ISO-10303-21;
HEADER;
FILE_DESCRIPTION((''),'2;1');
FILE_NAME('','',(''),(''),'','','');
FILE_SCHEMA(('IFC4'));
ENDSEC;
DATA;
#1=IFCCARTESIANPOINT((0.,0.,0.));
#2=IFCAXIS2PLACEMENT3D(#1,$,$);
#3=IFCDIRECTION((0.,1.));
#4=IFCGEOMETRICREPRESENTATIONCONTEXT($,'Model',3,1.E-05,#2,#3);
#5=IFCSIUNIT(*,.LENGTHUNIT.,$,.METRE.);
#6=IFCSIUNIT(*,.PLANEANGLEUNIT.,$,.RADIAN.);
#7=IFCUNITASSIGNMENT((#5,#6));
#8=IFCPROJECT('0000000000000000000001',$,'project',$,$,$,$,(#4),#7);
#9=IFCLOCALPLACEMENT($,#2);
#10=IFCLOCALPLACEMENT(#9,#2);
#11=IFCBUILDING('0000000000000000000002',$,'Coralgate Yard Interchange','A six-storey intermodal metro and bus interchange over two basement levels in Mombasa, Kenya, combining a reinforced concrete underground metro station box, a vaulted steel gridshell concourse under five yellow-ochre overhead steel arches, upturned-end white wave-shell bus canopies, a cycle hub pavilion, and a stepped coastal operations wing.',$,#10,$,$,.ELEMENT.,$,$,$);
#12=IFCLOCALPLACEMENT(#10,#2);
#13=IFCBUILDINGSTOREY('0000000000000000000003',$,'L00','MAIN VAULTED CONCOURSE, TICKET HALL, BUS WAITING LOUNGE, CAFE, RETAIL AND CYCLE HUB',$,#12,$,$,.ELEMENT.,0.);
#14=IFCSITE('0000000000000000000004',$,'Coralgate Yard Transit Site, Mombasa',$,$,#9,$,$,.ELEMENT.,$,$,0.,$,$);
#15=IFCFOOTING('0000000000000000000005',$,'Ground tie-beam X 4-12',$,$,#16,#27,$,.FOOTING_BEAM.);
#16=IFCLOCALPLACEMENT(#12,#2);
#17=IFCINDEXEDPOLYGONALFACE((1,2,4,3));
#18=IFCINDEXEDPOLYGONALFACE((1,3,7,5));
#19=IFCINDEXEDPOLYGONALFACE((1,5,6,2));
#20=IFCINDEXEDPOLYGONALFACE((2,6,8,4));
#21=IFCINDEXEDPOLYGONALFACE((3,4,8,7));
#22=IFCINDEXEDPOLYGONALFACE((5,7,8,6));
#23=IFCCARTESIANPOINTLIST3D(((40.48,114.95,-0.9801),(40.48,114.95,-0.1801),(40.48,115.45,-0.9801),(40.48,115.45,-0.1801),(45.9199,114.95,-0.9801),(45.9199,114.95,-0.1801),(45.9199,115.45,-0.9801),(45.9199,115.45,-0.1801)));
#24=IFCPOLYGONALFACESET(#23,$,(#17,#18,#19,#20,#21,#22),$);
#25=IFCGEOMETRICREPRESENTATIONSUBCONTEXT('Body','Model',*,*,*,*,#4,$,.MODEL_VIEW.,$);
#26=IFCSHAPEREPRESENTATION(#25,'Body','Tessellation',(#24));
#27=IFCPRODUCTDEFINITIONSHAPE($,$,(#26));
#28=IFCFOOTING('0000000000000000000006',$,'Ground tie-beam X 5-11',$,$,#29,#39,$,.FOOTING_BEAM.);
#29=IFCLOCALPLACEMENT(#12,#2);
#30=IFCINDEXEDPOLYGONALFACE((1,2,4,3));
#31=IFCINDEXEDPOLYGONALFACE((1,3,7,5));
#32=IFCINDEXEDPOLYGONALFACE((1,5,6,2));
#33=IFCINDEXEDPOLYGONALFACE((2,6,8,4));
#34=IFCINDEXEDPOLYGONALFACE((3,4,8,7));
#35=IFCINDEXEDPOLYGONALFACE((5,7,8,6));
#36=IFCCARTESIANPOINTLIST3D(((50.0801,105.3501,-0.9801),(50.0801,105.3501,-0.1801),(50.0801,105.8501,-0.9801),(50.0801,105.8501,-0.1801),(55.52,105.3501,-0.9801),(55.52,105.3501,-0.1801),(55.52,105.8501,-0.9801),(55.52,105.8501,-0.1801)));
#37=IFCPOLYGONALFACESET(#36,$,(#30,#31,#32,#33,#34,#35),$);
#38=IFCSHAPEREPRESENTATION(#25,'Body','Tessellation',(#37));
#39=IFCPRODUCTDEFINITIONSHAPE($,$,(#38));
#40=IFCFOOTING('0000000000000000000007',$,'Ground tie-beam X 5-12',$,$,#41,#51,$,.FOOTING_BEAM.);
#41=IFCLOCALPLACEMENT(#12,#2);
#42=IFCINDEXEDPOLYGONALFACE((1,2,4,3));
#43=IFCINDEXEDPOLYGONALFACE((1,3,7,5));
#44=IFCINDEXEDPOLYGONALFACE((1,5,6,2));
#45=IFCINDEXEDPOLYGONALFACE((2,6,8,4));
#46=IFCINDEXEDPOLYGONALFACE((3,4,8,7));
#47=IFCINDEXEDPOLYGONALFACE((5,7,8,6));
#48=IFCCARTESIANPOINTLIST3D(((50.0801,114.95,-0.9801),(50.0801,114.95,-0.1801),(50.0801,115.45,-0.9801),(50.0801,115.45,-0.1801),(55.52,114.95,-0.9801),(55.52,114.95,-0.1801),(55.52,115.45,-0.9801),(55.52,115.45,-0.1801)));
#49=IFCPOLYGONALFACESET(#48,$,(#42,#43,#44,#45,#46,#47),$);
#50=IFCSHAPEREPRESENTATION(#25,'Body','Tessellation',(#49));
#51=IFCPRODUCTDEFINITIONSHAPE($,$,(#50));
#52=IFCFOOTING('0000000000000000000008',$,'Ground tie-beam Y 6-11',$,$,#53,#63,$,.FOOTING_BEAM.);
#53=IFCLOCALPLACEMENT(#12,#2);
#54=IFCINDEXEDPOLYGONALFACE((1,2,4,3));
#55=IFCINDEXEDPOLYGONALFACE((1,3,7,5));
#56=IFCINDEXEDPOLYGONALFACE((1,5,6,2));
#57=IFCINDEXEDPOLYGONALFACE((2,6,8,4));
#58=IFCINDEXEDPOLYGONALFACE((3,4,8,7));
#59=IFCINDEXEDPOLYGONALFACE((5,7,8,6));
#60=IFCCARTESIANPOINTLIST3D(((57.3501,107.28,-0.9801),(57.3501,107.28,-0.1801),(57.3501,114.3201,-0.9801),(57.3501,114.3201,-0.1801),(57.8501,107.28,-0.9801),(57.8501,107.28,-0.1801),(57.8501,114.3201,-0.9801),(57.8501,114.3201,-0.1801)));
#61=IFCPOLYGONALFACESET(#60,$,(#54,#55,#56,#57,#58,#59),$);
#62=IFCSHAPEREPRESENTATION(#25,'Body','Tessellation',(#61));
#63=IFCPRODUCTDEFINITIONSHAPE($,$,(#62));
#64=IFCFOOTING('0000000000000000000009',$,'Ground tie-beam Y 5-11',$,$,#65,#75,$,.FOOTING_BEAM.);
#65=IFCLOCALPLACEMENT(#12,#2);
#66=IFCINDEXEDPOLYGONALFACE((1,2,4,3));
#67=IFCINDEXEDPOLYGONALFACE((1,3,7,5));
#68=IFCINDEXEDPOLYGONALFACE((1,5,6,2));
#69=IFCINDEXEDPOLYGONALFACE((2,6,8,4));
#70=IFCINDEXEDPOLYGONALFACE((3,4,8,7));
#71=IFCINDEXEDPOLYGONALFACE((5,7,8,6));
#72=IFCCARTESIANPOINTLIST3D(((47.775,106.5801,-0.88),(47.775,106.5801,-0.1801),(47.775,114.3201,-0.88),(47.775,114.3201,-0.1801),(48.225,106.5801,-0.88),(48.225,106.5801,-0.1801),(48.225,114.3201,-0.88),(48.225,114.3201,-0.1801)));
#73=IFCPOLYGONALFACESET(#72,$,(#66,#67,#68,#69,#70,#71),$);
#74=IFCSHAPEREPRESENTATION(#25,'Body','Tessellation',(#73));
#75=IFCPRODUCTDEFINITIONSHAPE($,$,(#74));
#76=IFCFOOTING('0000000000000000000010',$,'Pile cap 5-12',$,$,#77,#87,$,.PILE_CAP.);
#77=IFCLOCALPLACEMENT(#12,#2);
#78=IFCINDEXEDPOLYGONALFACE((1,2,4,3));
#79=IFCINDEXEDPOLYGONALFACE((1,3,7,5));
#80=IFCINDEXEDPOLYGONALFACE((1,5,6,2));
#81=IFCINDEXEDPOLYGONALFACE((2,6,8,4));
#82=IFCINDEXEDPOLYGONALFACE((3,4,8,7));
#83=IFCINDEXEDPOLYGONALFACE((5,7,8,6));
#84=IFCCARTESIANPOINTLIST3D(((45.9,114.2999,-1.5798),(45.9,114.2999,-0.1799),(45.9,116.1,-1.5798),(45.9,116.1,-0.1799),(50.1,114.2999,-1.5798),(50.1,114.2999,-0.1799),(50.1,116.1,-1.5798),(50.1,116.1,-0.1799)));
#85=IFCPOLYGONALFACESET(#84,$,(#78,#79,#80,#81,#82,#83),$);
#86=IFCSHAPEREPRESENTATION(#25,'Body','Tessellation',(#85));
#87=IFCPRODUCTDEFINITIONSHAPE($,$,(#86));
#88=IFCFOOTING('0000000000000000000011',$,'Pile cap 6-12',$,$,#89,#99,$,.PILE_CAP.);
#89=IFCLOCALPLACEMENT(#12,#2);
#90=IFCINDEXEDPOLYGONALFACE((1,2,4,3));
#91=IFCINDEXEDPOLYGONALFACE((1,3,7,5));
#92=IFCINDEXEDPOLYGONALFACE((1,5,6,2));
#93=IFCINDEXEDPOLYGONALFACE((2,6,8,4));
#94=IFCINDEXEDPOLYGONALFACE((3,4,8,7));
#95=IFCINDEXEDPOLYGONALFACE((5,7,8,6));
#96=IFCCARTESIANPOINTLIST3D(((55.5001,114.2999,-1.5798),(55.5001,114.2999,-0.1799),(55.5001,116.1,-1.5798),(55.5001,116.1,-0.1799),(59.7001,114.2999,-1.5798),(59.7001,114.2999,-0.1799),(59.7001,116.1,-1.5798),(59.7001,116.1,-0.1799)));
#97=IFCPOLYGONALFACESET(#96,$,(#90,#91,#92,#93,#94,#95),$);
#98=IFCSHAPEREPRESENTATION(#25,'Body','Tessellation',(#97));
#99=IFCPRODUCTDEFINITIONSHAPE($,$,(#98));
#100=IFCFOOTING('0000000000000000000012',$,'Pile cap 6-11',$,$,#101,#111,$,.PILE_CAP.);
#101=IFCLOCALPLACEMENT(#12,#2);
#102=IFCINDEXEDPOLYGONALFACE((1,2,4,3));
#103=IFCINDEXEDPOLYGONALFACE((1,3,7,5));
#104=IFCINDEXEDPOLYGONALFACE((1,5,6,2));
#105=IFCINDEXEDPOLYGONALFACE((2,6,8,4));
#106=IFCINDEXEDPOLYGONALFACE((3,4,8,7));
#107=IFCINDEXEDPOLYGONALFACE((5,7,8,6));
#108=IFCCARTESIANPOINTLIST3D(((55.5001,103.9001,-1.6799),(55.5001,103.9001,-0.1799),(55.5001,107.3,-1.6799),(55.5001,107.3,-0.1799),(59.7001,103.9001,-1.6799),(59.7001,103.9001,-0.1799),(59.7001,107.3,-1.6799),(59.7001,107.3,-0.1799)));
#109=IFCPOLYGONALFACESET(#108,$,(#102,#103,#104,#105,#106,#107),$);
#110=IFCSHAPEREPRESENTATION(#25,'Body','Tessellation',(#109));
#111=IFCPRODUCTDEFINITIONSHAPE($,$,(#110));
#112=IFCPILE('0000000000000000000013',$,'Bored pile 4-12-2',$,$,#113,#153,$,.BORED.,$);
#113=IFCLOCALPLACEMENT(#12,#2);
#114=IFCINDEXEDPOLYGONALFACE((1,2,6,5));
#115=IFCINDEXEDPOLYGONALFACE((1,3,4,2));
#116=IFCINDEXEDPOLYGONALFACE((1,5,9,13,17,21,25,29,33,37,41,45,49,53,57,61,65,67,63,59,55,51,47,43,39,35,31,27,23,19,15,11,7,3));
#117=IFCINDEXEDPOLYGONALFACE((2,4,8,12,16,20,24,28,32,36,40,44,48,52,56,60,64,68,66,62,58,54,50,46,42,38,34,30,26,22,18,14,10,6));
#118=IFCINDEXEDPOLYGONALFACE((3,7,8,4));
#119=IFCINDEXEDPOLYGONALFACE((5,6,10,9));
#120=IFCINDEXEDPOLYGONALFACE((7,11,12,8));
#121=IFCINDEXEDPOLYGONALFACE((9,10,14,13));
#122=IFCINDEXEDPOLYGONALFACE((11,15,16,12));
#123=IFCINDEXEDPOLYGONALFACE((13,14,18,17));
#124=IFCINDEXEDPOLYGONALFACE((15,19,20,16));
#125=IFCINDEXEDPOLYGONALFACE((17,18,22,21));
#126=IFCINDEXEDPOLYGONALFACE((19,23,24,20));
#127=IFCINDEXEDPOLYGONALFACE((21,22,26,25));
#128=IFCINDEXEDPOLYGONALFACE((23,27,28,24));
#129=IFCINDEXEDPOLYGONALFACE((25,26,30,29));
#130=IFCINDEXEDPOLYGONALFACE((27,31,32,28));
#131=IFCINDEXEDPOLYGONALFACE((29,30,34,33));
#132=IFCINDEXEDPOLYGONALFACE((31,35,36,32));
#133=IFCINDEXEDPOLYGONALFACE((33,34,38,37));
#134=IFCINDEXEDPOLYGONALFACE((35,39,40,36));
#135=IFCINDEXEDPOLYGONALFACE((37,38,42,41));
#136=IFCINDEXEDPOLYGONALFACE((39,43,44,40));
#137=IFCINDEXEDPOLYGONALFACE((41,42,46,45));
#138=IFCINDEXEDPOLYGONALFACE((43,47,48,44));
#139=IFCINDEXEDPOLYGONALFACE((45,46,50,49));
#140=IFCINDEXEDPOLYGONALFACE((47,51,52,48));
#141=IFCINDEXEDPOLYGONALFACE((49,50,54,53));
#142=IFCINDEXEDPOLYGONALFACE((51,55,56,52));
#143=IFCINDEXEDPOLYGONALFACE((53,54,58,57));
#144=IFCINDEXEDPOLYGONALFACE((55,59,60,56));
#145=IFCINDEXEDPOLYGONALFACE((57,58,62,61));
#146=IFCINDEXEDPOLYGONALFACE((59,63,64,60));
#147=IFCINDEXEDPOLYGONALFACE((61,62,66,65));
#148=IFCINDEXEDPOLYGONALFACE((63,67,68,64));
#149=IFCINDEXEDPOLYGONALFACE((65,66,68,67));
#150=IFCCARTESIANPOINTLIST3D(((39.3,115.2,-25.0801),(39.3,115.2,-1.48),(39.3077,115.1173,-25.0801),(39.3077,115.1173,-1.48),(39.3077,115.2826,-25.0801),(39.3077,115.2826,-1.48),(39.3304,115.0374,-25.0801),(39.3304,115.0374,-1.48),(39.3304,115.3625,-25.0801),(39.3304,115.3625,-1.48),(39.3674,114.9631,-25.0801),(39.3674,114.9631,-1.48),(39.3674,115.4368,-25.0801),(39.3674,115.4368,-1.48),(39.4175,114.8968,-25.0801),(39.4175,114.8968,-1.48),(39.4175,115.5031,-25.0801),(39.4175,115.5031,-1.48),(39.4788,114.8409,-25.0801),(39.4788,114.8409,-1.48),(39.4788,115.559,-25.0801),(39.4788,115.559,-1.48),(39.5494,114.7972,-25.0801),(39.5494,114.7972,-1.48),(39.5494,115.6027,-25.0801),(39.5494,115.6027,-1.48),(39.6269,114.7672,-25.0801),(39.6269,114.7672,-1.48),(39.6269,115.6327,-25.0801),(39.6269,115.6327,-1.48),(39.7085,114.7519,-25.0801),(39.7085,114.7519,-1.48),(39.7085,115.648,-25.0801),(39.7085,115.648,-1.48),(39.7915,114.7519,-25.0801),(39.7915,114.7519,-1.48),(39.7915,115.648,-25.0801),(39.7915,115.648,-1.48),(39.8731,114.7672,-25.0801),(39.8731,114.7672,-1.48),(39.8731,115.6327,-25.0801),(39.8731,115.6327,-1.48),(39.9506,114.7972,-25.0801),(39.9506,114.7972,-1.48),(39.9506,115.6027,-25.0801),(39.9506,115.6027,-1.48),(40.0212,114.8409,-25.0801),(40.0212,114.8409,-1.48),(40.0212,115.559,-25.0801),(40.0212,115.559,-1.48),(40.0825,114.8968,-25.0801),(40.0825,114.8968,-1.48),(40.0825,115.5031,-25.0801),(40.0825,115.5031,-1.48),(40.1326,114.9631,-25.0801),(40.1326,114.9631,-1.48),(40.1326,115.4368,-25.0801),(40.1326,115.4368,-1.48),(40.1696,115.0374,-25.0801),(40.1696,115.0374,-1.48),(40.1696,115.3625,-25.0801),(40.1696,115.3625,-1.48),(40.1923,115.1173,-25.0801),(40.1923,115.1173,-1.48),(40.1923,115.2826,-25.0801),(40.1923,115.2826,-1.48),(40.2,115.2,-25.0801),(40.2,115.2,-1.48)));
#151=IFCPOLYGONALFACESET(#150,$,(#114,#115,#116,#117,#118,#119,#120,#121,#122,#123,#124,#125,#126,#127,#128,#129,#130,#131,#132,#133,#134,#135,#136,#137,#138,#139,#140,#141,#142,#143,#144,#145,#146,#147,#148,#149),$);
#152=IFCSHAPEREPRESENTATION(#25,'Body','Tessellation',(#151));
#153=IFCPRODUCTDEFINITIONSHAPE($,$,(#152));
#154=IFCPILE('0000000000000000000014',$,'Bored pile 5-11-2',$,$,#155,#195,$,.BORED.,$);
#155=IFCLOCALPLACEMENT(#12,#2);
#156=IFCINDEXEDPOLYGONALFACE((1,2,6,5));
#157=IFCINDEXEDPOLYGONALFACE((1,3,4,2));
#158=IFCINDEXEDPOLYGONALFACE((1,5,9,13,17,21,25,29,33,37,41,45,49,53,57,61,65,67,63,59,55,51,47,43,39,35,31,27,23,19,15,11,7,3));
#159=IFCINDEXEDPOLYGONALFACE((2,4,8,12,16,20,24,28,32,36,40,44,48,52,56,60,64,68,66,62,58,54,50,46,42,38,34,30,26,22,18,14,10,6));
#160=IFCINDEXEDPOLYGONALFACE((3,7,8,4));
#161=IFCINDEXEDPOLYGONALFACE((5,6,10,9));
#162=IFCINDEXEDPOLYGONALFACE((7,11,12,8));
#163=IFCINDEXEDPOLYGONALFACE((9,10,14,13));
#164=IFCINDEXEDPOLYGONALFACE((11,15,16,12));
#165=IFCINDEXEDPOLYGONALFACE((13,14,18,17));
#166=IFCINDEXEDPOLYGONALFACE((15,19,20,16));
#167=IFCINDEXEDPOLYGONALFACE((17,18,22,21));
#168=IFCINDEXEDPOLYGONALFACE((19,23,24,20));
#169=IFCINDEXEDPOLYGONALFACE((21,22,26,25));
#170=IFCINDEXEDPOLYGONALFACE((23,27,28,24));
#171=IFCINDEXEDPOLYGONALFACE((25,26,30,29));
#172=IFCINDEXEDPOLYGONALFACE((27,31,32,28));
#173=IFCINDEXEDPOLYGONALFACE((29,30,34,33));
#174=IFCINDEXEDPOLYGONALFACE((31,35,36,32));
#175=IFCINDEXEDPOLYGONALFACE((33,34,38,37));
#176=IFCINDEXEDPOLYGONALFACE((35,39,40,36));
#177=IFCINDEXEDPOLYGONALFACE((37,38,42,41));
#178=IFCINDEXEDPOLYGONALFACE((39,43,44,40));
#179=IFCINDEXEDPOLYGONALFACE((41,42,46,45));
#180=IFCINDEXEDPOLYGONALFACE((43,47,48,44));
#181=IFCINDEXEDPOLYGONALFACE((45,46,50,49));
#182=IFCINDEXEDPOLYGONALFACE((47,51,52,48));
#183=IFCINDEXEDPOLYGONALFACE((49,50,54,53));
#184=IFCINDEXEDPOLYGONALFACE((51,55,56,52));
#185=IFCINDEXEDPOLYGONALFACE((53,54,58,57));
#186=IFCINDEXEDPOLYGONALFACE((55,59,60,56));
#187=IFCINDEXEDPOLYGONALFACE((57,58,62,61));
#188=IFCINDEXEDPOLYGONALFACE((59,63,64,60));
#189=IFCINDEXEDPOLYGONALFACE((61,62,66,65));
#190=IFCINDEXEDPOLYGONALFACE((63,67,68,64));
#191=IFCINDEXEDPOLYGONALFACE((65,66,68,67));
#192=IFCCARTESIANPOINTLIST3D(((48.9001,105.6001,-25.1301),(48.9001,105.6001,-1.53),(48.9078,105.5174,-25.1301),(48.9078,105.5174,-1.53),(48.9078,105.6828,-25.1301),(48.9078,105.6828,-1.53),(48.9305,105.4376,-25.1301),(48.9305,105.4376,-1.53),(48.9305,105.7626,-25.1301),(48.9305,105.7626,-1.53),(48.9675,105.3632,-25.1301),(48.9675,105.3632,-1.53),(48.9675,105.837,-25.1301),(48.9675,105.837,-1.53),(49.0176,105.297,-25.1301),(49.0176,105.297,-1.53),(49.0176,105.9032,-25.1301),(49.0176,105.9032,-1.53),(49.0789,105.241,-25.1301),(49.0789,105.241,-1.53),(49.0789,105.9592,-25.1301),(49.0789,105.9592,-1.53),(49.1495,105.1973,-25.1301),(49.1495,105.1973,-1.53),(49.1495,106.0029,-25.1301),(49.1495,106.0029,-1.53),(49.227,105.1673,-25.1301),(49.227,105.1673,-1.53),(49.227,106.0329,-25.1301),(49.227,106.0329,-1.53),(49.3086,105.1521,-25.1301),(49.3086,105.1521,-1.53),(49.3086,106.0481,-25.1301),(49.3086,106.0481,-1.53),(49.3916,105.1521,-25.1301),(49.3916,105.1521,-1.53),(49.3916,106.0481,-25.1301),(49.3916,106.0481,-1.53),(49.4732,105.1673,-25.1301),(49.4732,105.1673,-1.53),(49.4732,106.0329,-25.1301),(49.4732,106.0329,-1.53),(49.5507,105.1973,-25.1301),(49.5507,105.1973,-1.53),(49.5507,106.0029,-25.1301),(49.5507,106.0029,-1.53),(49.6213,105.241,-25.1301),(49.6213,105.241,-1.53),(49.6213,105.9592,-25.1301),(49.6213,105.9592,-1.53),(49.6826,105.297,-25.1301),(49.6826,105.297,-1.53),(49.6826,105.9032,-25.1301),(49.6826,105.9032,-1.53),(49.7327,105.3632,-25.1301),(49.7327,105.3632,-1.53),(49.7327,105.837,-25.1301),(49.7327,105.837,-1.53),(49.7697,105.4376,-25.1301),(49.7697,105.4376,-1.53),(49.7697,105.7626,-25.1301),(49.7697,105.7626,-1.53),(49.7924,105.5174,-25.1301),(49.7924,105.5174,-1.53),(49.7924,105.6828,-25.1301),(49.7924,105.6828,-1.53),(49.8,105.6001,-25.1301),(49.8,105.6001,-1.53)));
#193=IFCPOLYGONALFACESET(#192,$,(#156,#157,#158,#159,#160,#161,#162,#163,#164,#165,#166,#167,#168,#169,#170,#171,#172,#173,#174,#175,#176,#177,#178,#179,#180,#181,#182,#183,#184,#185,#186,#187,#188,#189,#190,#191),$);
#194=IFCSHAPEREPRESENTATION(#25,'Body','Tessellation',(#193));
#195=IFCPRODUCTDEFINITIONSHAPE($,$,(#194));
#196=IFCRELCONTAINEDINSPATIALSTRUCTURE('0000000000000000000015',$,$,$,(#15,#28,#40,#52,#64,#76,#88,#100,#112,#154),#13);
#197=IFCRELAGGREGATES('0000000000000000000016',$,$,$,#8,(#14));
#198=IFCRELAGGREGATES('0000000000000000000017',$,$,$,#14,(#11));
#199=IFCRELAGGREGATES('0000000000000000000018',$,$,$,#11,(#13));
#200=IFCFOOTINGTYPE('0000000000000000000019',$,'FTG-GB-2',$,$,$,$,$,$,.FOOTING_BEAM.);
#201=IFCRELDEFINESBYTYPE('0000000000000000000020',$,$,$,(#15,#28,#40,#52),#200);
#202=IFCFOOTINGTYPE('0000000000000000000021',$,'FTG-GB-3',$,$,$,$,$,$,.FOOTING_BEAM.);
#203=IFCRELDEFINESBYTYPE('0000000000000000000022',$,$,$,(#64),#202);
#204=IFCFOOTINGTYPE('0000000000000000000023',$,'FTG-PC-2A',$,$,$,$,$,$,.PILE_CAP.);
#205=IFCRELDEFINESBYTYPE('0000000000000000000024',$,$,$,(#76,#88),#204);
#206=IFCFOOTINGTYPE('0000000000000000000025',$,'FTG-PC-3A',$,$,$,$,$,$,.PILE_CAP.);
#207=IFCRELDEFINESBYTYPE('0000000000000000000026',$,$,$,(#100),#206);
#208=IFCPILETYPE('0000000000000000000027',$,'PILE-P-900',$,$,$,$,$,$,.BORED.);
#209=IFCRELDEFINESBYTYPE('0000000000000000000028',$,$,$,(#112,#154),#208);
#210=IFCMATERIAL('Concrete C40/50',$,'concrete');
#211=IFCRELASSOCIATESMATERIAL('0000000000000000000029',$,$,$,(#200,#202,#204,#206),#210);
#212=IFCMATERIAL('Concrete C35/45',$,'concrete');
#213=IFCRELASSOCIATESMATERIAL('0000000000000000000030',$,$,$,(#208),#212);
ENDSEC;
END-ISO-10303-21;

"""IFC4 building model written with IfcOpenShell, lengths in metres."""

from ifc_helpers import new_model, si_unit, direction, frame, origin, origin_2d, place, context, subcontext, project, spatial, rectangle, circle, extrude, material, material_profile, profile_set, type_object, element, save


model = new_model("IFC4")

# Units and contexts
model_context = context("Model", 3, precision=1e-05, world=origin(), true_north=direction((0.0, 1.0)))
body_context = subcontext(model_context, "Body", "Model", "MODEL_VIEW")
ifc_project = project(units=[si_unit("LENGTHUNIT", "METRE"), si_unit("PLANEANGLEUNIT", "RADIAN")], contexts=[model_context])

# Site, building, storey
site_placement = place(None, origin())
site = spatial("IfcSite", under=ifc_project, at=site_placement, Name="Coralgate Yard Transit Site, Mombasa", CompositionType="ELEMENT", RefElevation=0.0)
building_placement = place(site_placement, origin())
building = spatial("IfcBuilding", under=site, at=building_placement, Name="Coralgate Yard Interchange", Description="A six-storey intermodal metro and bus interchange over two basement levels in Mombasa, Kenya, combining a reinforced concrete underground metro station box, a vaulted steel gridshell concourse under five yellow-ochre overhead steel arches, upturned-end white wave-shell bus canopies, a cycle hub pavilion, and a stepped coastal operations wing.", CompositionType="ELEMENT")
storey_placement = place(building_placement, origin())
storey = spatial("IfcBuildingStorey", under=building, at=storey_placement, Name="L00", Description="MAIN VAULTED CONCOURSE, TICKET HALL, BUS WAITING LOUNGE, CAFE, RETAIL AND CYCLE HUB", CompositionType="ELEMENT", Elevation=0.0)

# Footings
ifc_material_1 = material(Name="Concrete C40/50", Category="concrete")
ifc_material_profile_1 = material_profile(ifc_material_1, rectangle(XDim=0.5, YDim=0.8, at=origin_2d()), Name="RC 500x800")
ifc_profile_set_1 = profile_set([ifc_material_profile_1], Name="Concrete C40/50")
footing_type_1 = type_object("IfcFootingType", Name="FTG-GB-2", PredefinedType="FOOTING_BEAM", material=ifc_profile_set_1)
for number, where, z_axis, x_axis, name in (
    (1, (40.48, 115.2, -0.5801), (1.0, 0.0, 0.0), (0.0, 1.0, 0.0), "Ground tie-beam X 4-12"),
    (2, (50.0801, 105.6001, -0.5801), (1.0, 0.0, 0.0), (0.0, 1.0, 0.0), "Ground tie-beam X 5-11"),
    (3, (50.0801, 115.2, -0.5801), (1.0, 0.0, 0.0), (0.0, 1.0, 0.0), "Ground tie-beam X 5-12"),
):
    element("IfcFooting", number, at=place(storey_placement, frame(where, z_axis=z_axis, x_axis=x_axis)), inside=storey, type_object=footing_type_1, Name=name, PredefinedType="FOOTING_BEAM", context=body_context, shape_type="SweptSolid", body=[
        extrude(rectangle(XDim=0.5, YDim=0.8, at=origin_2d()), origin(), (0.0, 0.0, 1.0), 5.4399),
    ])
footing_1_placement = place(storey_placement, frame((57.6001, 107.28, -0.5801), z_axis=(0.0, 1.0, 0.0), x_axis=(-1.0, 0.0, 0.0)))
element("IfcFooting", 4, at=footing_1_placement, inside=storey, type_object=footing_type_1, Name="Ground tie-beam Y 6-11", PredefinedType="FOOTING_BEAM", context=body_context, shape_type="SweptSolid", body=[
    extrude(rectangle(XDim=0.5, YDim=0.8, at=origin_2d()), origin(), (0.0, 0.0, 1.0), 7.04),
])
ifc_material_profile_2 = material_profile(ifc_material_1, rectangle(XDim=0.45, YDim=0.7, at=origin_2d()), Name="RC 450x700")
ifc_profile_set_2 = profile_set([ifc_material_profile_2], Name="Concrete C40/50")
footing_type_2 = type_object("IfcFootingType", Name="FTG-GB-3", PredefinedType="FOOTING_BEAM", material=ifc_profile_set_2)
footing_2_placement = place(storey_placement, frame((48.0, 106.5801, -0.53), z_axis=(0.0, 1.0, 0.0), x_axis=(-1.0, 0.0, 0.0)))
element("IfcFooting", 5, at=footing_2_placement, inside=storey, type_object=footing_type_2, Name="Ground tie-beam Y 5-11", PredefinedType="FOOTING_BEAM", context=body_context, shape_type="SweptSolid", body=[
    extrude(rectangle(XDim=0.45, YDim=0.7, at=origin_2d()), origin(), (0.0, 0.0, 1.0), 7.74),
])
footing_type_3 = type_object("IfcFootingType", Name="FTG-PC-2A", PredefinedType="PILE_CAP", material=ifc_material_1)
for number, where, z_axis, x_axis, name in (
    (6, (48.0, 115.2, -1.5798), (0.0, 0.0, 1.0), (1.0, 0.0, 0.0), "Pile cap 5-12"),
    (7, (57.6001, 115.2, -1.5798), (0.0, 0.0, 1.0), (1.0, 0.0, 0.0), "Pile cap 6-12"),
):
    element("IfcFooting", number, at=place(storey_placement, frame(where, z_axis=z_axis, x_axis=x_axis)), inside=storey, type_object=footing_type_3, Name=name, PredefinedType="PILE_CAP", context=body_context, shape_type="SweptSolid", body=[
        extrude(rectangle(XDim=4.2, YDim=1.8, at=origin_2d()), origin(), (0.0, 0.0, 1.0), 1.3999),
    ])
footing_type_4 = type_object("IfcFootingType", Name="FTG-PC-3A", PredefinedType="PILE_CAP", material=ifc_material_1)
footing_3_placement = place(storey_placement, frame((57.6001, 105.6001, -1.6799), z_axis=(0.0, 0.0, 1.0), x_axis=(1.0, 0.0, 0.0)))
element("IfcFooting", 8, at=footing_3_placement, inside=storey, type_object=footing_type_4, Name="Pile cap 6-11", PredefinedType="PILE_CAP", context=body_context, shape_type="SweptSolid", body=[
    extrude(rectangle(XDim=4.2, YDim=3.3999, at=origin_2d()), origin(), (0.0, 0.0, 1.0), 1.5),
])

# Piles
ifc_material_2 = material(Name="Concrete C35/45", Category="concrete")
ifc_material_profile_3 = material_profile(ifc_material_2, circle(Radius=0.45, at=origin_2d()), Name="BORED PILE D900")
ifc_profile_set_3 = profile_set([ifc_material_profile_3], Name="Concrete C35/45")
pile_type = type_object("IfcPileType", Name="PILE-P-900", PredefinedType="BORED", material=ifc_profile_set_3)
for number, where, z_axis, x_axis, name in (
    (9, (39.75, 115.2, -1.48), (0.0, 0.0, -1.0), (1.0, 0.0, 0.0), "Bored pile 4-12-2"),
    (10, (49.3501, 105.6001, -1.53), (0.0, 0.0, -1.0), (1.0, 0.0, 0.0), "Bored pile 5-11-2"),
):
    element("IfcPile", number, at=place(storey_placement, frame(where, z_axis=z_axis, x_axis=x_axis)), inside=storey, type_object=pile_type, Name=name, PredefinedType="BORED", context=body_context, shape_type="SweptSolid", body=[
        extrude(circle(Radius=0.45, at=origin_2d()), origin(), (0.0, 0.0, 1.0), 23.6001),
    ])

save(model, "model.ifc")
